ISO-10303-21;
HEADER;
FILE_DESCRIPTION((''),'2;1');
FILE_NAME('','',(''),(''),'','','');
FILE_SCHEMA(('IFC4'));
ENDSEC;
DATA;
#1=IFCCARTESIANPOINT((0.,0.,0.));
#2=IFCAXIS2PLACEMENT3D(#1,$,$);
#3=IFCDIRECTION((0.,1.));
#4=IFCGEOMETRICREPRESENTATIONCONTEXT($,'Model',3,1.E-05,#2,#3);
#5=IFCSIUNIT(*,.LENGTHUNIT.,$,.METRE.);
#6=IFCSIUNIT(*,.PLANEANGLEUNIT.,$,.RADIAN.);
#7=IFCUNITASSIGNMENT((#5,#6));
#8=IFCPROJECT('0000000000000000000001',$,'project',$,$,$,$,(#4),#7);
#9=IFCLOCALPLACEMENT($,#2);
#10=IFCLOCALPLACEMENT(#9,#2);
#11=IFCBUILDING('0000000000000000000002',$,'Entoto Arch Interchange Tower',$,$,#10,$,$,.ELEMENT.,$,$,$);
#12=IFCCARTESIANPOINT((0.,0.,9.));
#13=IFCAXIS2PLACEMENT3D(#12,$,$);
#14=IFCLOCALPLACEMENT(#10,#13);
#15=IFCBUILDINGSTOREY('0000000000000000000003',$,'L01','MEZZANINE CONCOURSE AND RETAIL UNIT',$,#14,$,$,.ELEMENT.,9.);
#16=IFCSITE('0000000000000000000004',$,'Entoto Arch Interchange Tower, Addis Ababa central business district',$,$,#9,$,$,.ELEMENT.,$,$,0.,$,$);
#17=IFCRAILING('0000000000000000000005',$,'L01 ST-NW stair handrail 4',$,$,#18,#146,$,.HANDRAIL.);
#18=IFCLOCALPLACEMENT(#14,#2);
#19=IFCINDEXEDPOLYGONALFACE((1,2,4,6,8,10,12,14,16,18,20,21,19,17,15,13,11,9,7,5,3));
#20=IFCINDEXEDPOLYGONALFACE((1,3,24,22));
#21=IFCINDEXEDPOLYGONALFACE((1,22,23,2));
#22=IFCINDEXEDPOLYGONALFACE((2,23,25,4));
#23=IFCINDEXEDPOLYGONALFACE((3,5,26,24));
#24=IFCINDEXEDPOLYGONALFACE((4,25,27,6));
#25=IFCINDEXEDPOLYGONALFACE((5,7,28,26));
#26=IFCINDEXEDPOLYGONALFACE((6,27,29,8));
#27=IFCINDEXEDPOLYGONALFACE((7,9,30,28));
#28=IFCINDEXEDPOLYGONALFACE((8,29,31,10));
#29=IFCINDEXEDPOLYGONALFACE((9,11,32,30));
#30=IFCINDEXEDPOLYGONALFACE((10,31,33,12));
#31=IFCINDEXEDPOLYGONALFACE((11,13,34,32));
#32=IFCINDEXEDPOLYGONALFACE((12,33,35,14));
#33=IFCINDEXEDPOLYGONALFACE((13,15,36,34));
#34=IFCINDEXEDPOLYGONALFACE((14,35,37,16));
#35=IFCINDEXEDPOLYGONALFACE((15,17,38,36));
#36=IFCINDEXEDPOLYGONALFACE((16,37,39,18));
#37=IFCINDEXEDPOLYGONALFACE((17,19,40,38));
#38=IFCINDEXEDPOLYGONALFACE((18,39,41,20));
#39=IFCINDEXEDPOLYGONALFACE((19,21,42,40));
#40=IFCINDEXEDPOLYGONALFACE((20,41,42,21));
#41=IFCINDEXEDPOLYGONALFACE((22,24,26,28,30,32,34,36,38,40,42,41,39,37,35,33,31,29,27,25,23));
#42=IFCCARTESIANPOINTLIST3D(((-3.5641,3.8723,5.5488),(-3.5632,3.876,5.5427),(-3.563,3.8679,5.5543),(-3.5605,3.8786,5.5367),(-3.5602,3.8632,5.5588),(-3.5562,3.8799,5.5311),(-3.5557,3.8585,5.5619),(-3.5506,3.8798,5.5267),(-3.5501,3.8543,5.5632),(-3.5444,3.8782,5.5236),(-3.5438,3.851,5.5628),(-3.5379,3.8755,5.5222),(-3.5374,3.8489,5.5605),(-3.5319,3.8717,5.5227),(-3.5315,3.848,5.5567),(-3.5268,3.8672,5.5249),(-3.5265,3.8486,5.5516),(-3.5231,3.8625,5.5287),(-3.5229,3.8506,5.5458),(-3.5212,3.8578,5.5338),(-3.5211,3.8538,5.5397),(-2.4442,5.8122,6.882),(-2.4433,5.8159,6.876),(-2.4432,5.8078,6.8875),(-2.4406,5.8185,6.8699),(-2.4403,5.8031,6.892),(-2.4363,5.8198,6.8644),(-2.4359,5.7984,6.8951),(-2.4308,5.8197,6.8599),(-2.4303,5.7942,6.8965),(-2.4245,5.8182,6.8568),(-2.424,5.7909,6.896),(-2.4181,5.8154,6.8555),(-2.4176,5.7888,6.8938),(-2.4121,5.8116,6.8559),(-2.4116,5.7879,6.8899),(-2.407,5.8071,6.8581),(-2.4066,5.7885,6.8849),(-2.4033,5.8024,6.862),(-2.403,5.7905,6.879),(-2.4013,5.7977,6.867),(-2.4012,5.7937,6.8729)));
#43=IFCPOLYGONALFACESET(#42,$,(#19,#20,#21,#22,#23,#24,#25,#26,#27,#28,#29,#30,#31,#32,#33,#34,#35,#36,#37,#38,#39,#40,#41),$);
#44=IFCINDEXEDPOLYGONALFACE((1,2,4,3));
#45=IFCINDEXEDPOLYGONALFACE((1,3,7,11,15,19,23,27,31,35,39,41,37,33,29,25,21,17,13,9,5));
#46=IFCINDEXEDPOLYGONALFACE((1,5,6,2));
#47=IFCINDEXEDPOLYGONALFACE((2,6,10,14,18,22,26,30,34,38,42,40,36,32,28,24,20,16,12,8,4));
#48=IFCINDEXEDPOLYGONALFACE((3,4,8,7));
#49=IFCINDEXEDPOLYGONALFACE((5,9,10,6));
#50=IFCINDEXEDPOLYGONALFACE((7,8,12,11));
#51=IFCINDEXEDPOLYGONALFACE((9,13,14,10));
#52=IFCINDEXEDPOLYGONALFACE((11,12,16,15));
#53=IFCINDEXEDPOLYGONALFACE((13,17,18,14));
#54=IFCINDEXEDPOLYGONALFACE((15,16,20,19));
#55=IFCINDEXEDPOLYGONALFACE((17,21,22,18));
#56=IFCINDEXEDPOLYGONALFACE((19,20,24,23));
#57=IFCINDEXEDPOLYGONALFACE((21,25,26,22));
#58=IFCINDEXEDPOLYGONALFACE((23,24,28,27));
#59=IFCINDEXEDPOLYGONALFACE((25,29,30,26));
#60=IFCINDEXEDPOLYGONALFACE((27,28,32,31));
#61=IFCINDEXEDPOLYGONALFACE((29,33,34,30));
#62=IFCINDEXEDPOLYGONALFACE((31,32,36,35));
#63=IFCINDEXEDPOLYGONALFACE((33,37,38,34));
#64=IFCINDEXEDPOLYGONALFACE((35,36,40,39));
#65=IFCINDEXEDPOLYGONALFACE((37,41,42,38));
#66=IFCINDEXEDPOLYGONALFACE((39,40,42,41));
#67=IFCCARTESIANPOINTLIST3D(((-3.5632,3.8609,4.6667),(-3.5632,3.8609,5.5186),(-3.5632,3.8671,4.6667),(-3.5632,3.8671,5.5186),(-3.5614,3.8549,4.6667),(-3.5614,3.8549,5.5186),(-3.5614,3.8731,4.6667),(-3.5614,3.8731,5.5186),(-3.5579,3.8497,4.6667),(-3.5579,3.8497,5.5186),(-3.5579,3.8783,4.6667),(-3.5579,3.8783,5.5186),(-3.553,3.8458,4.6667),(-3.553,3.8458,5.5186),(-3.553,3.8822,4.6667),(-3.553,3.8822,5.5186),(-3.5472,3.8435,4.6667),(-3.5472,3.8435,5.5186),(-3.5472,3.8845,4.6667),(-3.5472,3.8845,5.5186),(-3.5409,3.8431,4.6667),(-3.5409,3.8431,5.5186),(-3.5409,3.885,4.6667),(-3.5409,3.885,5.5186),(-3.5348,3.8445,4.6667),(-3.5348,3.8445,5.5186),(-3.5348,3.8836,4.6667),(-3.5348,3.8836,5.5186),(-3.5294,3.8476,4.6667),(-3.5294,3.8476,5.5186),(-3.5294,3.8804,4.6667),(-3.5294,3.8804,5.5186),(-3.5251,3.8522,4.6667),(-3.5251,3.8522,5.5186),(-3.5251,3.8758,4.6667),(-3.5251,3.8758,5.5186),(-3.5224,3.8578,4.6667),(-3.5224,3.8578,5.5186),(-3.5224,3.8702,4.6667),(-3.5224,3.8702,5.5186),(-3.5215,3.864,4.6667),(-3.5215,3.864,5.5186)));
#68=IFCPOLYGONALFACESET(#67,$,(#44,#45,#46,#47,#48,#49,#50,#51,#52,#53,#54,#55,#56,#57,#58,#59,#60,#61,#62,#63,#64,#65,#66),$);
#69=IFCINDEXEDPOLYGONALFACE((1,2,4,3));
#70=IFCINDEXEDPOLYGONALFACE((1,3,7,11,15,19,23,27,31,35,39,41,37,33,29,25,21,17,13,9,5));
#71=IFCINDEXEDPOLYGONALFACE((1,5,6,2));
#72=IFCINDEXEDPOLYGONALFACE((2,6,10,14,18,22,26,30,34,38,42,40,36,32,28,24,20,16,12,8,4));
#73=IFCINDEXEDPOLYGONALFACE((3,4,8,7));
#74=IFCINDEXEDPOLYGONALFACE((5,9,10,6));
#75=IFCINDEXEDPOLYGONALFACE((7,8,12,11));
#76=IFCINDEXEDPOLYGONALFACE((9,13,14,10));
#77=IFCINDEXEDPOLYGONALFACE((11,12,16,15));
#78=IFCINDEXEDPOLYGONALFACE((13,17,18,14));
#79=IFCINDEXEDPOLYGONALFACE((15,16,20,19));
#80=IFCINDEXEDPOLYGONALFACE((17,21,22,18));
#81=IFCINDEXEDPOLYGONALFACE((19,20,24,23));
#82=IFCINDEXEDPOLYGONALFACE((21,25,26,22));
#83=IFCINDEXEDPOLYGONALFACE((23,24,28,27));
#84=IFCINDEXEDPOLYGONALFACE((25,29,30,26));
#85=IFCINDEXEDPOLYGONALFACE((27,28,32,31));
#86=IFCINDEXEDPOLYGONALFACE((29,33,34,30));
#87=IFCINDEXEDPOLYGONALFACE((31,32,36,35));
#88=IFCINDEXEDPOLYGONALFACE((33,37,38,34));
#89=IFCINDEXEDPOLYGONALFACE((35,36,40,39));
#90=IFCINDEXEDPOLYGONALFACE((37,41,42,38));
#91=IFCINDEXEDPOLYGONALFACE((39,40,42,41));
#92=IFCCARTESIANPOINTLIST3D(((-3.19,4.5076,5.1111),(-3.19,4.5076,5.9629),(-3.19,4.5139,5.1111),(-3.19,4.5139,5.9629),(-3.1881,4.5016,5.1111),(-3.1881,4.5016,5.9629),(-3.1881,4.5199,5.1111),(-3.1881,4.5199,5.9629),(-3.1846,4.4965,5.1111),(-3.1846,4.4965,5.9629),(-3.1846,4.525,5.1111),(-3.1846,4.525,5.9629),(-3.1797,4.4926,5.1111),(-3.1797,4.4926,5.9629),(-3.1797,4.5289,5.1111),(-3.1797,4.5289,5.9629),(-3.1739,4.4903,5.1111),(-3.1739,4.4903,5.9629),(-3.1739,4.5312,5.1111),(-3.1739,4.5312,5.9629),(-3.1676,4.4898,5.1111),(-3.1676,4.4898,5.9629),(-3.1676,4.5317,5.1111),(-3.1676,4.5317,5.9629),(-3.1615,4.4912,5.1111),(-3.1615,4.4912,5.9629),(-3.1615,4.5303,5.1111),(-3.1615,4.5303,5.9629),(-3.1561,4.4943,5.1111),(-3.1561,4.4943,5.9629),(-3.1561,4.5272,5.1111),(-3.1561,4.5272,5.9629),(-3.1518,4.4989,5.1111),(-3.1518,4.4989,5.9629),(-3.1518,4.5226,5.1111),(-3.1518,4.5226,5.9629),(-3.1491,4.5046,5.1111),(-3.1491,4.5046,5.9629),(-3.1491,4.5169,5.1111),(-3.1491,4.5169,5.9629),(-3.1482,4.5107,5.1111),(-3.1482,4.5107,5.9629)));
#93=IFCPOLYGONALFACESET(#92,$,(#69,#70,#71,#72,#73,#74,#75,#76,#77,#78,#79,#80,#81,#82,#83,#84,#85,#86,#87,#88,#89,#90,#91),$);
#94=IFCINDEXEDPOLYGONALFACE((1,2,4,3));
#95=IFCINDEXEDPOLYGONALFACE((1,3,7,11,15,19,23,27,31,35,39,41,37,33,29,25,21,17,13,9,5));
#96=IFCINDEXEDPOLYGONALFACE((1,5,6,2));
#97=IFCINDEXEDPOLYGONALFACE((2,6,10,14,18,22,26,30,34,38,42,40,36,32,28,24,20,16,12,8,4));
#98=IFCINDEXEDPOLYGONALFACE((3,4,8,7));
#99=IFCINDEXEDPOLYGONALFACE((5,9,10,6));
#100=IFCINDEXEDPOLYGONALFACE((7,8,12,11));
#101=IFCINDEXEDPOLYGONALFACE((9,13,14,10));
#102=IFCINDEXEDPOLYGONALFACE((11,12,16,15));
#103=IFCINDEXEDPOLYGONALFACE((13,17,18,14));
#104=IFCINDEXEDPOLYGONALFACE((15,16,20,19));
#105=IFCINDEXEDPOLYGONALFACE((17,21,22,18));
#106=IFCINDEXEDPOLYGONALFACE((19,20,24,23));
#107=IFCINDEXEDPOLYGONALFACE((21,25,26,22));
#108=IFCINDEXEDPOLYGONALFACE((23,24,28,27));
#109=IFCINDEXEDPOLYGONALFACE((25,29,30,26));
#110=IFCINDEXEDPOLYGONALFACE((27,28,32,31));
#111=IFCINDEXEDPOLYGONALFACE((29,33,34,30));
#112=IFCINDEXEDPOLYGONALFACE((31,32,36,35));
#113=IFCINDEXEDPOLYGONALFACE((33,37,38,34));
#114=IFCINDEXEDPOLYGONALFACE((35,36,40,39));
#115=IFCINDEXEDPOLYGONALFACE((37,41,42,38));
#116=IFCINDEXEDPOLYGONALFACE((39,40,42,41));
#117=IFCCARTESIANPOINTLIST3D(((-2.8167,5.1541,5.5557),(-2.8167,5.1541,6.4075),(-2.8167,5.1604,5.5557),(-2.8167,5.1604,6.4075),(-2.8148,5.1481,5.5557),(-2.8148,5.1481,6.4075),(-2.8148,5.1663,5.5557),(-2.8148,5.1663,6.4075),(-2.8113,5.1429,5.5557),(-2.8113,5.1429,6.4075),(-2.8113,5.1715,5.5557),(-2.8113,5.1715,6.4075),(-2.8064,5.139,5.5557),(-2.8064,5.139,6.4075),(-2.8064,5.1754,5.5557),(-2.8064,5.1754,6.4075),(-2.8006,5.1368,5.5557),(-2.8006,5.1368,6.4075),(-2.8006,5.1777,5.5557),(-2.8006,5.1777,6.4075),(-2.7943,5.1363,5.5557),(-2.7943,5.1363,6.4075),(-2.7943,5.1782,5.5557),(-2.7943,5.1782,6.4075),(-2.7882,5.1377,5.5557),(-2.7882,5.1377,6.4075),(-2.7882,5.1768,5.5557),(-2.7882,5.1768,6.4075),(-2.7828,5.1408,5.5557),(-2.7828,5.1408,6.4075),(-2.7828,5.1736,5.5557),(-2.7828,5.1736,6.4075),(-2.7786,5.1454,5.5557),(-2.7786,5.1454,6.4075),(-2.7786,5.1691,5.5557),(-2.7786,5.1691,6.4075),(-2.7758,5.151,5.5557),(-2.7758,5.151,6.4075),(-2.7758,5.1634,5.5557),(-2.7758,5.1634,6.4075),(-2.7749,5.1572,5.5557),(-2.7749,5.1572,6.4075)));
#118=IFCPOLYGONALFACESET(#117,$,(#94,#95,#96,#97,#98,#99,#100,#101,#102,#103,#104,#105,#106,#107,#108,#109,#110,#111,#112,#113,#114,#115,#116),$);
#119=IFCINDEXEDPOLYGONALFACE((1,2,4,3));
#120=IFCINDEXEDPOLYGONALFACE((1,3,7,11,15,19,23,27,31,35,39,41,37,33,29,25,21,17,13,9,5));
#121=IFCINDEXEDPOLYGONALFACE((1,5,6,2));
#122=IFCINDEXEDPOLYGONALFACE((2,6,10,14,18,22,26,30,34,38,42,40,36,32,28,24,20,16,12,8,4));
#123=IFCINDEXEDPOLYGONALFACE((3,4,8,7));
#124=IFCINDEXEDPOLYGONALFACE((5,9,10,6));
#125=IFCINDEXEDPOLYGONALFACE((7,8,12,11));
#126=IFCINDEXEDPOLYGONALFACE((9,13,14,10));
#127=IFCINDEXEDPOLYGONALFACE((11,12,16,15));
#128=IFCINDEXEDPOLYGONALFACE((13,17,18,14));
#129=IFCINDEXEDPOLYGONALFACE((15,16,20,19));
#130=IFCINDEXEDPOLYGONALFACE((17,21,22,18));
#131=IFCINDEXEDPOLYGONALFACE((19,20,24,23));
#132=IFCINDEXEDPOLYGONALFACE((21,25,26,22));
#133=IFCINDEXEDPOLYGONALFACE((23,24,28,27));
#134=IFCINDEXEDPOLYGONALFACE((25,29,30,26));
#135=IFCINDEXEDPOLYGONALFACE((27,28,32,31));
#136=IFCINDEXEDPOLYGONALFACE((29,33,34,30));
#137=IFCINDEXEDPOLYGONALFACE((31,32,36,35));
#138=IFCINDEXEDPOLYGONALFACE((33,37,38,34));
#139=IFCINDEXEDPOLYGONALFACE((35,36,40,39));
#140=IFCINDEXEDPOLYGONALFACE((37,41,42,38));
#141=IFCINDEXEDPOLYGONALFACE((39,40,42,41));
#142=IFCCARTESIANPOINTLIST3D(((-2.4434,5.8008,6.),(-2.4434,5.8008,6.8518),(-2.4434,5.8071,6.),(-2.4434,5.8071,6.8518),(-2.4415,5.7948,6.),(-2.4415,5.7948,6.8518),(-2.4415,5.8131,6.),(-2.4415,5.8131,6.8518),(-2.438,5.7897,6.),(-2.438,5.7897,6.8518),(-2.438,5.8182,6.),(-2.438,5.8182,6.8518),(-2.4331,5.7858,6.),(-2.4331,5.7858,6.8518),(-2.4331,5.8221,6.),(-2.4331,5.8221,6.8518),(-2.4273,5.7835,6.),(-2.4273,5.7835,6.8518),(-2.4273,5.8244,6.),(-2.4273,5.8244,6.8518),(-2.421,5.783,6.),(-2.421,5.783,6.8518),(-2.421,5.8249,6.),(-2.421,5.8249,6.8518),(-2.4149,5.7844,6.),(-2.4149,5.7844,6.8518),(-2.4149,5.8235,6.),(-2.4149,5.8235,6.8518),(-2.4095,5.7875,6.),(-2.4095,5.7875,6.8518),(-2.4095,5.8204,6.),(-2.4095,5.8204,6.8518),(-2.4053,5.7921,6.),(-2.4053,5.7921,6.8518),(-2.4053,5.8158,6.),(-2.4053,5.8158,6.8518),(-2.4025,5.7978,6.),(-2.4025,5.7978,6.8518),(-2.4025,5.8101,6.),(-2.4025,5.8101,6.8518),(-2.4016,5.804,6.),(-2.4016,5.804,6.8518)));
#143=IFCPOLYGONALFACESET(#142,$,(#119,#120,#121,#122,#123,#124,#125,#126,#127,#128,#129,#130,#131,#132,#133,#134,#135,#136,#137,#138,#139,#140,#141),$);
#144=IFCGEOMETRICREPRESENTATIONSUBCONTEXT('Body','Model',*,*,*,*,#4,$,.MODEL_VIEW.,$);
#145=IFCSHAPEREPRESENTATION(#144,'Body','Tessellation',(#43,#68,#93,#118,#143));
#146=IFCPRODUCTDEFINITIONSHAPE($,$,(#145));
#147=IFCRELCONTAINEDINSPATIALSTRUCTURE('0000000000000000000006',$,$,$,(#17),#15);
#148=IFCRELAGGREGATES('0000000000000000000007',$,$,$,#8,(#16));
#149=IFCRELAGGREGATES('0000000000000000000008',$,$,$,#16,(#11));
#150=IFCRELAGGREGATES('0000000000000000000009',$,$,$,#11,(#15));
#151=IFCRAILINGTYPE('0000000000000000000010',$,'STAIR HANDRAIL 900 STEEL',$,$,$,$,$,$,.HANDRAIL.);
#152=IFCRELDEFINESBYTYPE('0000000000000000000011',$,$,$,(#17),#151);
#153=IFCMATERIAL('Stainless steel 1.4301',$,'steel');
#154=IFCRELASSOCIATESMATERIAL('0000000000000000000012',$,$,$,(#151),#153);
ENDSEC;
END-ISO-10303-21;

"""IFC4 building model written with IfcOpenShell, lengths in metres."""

from ifc_helpers import new_model, si_unit, direction, frame, origin, origin_2d, place, context, subcontext, project, spatial, circle, extrude, material, type_object, element, save


model = new_model("IFC4")

# Units and contexts
model_context = context("Model", 3, precision=1e-05, world=origin(), true_north=direction((0.0, 1.0)))
body_context = subcontext(model_context, "Body", "Model", "MODEL_VIEW")
ifc_project = project(units=[si_unit("LENGTHUNIT", "METRE"), si_unit("PLANEANGLEUNIT", "RADIAN")], contexts=[model_context])

# Site, building, storey
site_placement = place(None, origin())
site = spatial("IfcSite", under=ifc_project, at=site_placement, Name="Entoto Arch Interchange Tower, Addis Ababa central business district", CompositionType="ELEMENT", RefElevation=0.0)
building_placement = place(site_placement, origin())
building = spatial("IfcBuilding", under=site, at=building_placement, Name="Entoto Arch Interchange Tower", CompositionType="ELEMENT")
storey_placement = place(building_placement, frame((0.0, 0.0, 9.0)))
storey = spatial("IfcBuildingStorey", under=building, at=storey_placement, Name="L01", Description="MEZZANINE CONCOURSE AND RETAIL UNIT", CompositionType="ELEMENT", Elevation=9.0)

# Railing
ifc_material_1 = material(Name="Stainless steel 1.4301", Category="steel")
railing_type_1 = type_object("IfcRailingType", Name="STAIR HANDRAIL 900 STEEL", PredefinedType="HANDRAIL", material=ifc_material_1)
for number, where, name in (
    (1, (-3.5425, 3.864, 4.6667), "L01 ST-NW stair handrail 4"),
):
    element("IfcRailing", number, at=place(storey_placement, frame(where)), inside=storey, type_object=railing_type_1, Name=name, PredefinedType="HANDRAIL", context=body_context, shape_type="SweptSolid", body=[
        extrude(circle(Radius=0.0239, at=origin_2d()), frame((0.0, 0.0, 0.876), z_axis=(0.429608, 0.744205, 0.511465), x_axis=(-0.866055, 0.499949, 0.0)), (0.0, 0.0, 1.0), 2.6067),
        extrude(circle(Radius=0.021, at=origin_2d()), origin(), (0.0, 0.0, 1.0), 0.8518),
        extrude(circle(Radius=0.021, at=origin_2d()), frame((0.3733, 0.6467, 0.4443)), (0.0, 0.0, 1.0), 0.8518),
        extrude(circle(Radius=0.021, at=origin_2d()), frame((0.7466, 1.2932, 0.8889)), (0.0, 0.0, 1.0), 0.8518),
        extrude(circle(Radius=0.021, at=origin_2d()), frame((1.1199, 1.9399, 1.3333)), (0.0, 0.0, 1.0), 0.8518),
    ])

save(model, "model.ifc")
